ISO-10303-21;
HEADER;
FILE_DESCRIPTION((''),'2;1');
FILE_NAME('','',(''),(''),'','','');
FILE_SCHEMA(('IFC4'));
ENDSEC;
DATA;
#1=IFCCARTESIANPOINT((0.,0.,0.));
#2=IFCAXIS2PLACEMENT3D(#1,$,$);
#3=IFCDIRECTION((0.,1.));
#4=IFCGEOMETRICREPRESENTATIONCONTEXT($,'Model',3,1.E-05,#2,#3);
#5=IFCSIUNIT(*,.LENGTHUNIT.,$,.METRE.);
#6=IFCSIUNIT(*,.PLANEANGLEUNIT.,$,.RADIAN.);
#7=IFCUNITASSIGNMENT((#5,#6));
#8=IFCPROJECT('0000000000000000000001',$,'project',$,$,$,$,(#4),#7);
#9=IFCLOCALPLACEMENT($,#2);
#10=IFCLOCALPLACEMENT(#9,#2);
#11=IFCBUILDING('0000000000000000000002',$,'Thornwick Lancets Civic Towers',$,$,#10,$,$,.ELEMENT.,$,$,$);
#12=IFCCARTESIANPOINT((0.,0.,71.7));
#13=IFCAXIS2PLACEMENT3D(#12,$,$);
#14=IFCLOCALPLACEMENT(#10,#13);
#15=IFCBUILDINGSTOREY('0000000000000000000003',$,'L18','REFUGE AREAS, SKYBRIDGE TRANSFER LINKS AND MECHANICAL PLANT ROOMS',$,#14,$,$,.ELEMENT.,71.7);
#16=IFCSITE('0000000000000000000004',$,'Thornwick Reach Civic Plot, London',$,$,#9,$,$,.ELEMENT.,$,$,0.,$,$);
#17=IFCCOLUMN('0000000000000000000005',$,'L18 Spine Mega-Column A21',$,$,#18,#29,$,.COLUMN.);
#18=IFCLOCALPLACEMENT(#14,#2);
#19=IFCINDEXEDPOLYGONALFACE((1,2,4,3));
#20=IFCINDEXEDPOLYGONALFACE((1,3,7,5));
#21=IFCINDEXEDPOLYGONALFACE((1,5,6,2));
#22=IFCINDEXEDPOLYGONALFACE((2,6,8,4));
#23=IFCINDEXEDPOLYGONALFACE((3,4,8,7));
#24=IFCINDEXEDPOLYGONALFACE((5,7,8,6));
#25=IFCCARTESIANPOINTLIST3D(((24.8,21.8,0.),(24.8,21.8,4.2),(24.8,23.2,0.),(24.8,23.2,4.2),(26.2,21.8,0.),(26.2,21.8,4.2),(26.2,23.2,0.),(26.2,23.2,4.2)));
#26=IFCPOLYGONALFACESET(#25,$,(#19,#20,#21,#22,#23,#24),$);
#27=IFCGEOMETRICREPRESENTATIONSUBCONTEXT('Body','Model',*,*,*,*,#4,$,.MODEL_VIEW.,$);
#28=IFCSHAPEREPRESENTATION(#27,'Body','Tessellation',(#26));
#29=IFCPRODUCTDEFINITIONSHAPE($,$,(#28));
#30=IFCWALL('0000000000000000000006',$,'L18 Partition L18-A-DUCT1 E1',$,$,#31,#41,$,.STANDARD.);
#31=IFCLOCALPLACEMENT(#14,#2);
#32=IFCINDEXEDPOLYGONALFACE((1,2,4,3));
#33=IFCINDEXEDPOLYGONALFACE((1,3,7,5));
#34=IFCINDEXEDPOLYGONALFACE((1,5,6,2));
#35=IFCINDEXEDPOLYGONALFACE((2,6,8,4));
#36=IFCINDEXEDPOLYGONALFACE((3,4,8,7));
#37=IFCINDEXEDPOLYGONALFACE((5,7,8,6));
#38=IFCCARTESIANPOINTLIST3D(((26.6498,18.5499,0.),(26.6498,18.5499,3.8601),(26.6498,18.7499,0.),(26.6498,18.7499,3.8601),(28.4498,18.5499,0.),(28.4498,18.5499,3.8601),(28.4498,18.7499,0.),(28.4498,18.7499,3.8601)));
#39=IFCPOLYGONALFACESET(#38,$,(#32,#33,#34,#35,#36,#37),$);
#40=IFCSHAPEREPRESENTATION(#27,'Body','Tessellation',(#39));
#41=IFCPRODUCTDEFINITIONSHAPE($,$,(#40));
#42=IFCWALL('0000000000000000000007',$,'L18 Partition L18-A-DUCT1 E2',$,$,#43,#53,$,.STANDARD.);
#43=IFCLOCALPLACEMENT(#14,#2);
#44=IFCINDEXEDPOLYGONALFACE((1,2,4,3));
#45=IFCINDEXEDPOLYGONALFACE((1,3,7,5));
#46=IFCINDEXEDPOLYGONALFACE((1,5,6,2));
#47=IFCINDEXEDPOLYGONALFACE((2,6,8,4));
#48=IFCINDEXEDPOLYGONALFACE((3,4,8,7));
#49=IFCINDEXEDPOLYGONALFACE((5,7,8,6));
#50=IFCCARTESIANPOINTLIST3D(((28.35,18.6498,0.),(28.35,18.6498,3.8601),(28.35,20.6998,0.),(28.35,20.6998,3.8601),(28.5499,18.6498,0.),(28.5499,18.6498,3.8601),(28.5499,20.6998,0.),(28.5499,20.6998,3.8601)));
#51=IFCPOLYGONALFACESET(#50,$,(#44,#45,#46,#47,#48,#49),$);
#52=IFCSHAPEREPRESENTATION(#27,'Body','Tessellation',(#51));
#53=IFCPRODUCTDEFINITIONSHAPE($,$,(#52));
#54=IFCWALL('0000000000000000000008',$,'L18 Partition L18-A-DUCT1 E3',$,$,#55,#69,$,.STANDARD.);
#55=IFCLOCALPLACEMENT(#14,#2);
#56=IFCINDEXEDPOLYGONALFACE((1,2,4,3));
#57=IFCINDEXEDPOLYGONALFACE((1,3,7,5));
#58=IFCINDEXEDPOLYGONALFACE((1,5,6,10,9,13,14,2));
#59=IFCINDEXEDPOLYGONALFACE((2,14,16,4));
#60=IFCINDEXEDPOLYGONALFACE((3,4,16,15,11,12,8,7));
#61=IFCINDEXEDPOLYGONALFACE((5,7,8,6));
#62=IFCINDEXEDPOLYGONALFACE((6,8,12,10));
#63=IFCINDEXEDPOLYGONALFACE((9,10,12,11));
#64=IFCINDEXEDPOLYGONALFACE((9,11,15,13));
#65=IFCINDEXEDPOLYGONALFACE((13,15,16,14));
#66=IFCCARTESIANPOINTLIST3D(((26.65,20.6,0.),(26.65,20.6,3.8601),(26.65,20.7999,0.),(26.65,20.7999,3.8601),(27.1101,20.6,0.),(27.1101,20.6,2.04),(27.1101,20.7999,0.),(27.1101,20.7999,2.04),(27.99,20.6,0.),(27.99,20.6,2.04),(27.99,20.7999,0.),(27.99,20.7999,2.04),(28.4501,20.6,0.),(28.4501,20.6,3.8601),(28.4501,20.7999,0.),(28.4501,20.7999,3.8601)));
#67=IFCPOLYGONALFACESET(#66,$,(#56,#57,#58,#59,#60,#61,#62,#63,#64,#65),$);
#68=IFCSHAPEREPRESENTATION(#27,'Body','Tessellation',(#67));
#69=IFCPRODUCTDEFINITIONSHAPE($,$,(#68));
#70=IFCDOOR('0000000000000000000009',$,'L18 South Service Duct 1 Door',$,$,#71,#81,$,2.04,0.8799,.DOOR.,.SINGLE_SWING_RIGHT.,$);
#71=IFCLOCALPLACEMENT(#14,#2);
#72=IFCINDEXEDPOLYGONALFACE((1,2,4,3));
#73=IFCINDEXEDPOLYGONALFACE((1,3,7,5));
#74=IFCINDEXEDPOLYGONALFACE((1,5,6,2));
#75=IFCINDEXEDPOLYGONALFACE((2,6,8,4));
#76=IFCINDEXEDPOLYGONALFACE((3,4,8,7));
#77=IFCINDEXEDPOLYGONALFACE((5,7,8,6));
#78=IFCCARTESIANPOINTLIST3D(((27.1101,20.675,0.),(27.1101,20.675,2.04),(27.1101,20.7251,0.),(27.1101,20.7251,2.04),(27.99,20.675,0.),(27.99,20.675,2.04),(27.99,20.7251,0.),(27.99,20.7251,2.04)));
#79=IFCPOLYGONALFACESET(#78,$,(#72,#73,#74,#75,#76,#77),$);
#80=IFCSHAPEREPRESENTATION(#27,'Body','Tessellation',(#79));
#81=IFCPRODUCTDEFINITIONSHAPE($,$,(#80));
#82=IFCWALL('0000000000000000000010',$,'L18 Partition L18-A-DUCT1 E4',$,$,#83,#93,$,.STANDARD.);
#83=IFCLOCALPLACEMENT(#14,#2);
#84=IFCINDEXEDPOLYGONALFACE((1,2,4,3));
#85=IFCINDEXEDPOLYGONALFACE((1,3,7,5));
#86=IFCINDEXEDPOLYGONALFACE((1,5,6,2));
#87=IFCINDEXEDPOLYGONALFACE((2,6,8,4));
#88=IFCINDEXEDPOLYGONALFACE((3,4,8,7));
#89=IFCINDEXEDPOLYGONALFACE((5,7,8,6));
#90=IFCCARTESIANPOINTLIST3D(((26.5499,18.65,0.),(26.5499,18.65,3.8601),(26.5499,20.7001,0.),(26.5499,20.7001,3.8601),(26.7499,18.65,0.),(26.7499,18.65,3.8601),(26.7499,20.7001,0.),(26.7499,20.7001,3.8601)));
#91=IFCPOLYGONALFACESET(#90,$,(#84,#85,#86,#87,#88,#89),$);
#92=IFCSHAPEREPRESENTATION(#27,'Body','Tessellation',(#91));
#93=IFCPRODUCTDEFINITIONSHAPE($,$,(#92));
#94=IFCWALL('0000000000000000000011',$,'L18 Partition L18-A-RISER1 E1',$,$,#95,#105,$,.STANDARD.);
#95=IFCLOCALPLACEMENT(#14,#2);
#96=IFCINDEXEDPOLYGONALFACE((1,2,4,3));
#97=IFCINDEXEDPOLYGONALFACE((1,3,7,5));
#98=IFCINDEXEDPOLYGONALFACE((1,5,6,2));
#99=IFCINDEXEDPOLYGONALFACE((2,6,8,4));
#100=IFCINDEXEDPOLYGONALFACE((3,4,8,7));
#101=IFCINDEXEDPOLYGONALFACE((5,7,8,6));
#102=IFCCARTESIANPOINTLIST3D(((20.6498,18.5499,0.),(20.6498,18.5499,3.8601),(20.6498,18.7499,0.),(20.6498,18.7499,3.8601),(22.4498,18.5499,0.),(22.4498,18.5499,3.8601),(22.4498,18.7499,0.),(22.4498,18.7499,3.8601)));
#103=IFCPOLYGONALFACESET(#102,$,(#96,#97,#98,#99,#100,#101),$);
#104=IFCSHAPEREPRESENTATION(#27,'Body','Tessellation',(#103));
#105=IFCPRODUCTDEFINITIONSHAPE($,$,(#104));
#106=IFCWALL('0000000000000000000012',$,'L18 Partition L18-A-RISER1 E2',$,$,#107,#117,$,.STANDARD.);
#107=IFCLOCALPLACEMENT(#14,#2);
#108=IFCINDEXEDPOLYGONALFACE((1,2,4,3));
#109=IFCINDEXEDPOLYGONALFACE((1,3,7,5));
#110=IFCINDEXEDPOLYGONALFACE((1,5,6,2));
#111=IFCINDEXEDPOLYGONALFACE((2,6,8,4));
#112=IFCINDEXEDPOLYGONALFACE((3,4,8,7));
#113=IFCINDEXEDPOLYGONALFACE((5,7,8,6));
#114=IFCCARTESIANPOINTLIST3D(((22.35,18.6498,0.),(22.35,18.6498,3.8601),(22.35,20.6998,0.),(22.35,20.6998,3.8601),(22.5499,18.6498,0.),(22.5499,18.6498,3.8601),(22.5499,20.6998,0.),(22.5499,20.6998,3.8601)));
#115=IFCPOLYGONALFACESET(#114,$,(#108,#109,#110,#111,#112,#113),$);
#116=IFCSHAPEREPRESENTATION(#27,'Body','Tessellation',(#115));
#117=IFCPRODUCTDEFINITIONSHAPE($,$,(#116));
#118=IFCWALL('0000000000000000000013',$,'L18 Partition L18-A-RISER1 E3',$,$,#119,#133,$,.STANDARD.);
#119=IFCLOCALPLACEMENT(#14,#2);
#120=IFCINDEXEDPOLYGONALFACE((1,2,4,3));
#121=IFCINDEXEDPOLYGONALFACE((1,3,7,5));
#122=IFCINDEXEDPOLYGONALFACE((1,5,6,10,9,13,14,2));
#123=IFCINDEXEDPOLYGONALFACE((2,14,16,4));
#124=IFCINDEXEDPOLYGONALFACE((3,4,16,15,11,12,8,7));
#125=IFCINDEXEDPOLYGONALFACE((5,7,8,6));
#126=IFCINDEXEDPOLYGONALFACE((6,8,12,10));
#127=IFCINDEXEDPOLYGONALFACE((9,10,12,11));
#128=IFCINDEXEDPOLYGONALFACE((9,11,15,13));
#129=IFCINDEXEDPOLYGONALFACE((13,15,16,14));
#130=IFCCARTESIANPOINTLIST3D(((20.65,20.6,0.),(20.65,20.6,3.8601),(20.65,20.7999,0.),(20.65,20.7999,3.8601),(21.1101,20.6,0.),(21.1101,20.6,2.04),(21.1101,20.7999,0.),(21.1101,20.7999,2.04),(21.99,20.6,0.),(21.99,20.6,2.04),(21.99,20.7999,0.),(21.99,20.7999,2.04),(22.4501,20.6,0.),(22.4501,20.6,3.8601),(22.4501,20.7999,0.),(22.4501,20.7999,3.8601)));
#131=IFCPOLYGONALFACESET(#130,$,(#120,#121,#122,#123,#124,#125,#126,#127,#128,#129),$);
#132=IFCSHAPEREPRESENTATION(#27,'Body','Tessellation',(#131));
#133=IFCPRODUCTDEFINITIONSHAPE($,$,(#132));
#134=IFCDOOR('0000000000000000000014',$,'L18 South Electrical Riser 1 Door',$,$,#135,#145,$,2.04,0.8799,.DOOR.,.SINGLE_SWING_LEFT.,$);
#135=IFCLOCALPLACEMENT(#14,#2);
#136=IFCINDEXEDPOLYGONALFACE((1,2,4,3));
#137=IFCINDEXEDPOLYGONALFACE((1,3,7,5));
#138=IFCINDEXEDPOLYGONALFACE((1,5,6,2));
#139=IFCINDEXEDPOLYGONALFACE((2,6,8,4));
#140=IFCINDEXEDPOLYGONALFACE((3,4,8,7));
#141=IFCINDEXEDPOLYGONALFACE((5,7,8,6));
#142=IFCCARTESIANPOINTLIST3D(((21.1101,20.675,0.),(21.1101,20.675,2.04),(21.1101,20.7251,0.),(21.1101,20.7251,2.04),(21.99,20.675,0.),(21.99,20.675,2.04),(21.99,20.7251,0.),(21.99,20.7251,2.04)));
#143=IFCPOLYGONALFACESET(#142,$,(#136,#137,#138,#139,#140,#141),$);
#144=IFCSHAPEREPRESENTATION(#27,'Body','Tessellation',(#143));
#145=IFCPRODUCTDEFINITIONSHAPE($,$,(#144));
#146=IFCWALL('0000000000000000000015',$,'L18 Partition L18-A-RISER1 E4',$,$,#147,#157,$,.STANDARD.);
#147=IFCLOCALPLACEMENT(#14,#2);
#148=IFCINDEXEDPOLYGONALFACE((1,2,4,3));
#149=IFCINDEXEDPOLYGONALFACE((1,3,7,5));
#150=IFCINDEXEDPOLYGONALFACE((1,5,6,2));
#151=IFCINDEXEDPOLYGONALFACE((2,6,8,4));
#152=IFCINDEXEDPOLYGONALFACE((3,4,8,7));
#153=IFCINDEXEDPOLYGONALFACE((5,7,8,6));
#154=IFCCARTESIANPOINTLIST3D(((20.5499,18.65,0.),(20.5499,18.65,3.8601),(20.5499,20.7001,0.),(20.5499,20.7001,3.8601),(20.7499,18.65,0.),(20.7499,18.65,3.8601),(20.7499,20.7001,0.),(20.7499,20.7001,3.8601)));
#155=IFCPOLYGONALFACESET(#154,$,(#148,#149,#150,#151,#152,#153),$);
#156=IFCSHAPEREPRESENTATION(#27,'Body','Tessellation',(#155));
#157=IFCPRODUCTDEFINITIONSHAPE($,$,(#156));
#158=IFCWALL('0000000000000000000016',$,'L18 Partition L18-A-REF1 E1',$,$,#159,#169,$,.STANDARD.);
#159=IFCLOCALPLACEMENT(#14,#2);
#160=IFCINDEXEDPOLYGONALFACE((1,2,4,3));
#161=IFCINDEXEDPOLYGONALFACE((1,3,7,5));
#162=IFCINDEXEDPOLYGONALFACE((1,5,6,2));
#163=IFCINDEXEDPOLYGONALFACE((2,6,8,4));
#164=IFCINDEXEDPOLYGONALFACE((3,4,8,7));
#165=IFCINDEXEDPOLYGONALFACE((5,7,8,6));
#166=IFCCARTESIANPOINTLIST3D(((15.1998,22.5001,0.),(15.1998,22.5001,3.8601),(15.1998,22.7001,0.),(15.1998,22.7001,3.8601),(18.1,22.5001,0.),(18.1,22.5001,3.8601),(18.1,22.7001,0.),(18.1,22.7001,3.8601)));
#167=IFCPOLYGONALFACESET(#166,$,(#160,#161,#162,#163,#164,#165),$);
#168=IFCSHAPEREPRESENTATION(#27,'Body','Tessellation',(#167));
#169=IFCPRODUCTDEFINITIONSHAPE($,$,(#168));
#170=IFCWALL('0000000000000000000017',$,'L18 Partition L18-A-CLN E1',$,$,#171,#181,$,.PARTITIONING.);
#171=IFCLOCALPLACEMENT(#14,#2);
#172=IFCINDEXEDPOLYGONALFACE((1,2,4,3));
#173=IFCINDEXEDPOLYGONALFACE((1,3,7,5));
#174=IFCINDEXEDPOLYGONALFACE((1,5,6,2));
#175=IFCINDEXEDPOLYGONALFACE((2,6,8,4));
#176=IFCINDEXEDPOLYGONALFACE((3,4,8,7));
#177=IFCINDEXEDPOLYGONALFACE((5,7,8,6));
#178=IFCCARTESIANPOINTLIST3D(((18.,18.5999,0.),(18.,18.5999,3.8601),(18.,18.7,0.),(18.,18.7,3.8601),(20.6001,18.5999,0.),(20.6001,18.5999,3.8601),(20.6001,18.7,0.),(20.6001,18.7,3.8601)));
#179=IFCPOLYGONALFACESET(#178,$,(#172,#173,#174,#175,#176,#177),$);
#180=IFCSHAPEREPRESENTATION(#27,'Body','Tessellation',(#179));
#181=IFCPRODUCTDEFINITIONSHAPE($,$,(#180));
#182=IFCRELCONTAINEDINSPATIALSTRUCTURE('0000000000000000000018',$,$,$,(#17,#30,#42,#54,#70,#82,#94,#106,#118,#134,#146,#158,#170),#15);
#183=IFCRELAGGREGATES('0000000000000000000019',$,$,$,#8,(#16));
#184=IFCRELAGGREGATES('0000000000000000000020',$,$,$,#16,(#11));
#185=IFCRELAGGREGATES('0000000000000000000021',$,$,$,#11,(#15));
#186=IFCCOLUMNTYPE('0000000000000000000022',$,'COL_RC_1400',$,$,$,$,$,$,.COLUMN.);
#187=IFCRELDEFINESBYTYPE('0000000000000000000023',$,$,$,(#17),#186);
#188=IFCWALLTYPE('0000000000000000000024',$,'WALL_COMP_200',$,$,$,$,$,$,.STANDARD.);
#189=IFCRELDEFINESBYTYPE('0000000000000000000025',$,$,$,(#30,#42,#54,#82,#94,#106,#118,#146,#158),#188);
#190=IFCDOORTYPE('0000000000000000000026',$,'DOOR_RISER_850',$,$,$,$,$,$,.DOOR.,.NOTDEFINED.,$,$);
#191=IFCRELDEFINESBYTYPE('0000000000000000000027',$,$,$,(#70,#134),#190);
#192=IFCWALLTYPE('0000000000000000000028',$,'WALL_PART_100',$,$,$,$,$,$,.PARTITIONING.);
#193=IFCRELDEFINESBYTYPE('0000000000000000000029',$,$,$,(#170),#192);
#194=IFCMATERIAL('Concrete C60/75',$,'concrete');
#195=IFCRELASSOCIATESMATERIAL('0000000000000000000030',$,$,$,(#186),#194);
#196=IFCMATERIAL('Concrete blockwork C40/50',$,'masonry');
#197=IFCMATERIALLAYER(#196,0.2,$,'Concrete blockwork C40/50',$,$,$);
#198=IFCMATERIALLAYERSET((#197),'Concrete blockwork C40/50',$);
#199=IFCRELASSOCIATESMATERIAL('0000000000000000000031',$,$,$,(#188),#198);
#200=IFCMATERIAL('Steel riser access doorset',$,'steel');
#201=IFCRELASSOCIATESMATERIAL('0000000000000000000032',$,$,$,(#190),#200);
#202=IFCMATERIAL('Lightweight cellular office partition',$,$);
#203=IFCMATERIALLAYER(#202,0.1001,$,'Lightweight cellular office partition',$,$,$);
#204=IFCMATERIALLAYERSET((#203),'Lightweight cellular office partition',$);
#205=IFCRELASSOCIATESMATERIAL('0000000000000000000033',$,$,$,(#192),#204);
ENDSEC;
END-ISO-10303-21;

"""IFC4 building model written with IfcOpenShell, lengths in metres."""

from ifc_helpers import new_model, si_unit, direction, frame, frame_2d, origin, origin_2d, place, context, subcontext, project, spatial, rectangle, extrude, material, layer, layer_set, material_profile, profile_set, type_object, element, fill, save


model = new_model("IFC4")

# Units and contexts
model_context = context("Model", 3, precision=1e-05, world=origin(), true_north=direction((0.0, 1.0)))
body_context = subcontext(model_context, "Body", "Model", "MODEL_VIEW")
ifc_project = project(units=[si_unit("LENGTHUNIT", "METRE"), si_unit("PLANEANGLEUNIT", "RADIAN")], contexts=[model_context])

# Site, building, storey
site_placement = place(None, origin())
site = spatial("IfcSite", under=ifc_project, at=site_placement, Name="Thornwick Reach Civic Plot, London", CompositionType="ELEMENT", RefElevation=0.0)
building_placement = place(site_placement, origin())
building = spatial("IfcBuilding", under=site, at=building_placement, Name="Thornwick Lancets Civic Towers", CompositionType="ELEMENT")
storey_placement = place(building_placement, frame((0.0, 0.0, 71.7)))
storey = spatial("IfcBuildingStorey", under=building, at=storey_placement, Name="L18", Description="REFUGE AREAS, SKYBRIDGE TRANSFER LINKS AND MECHANICAL PLANT ROOMS", CompositionType="ELEMENT", Elevation=71.7)

# Column
ifc_material_1 = material(Name="Concrete C60/75", Category="concrete")
ifc_material_profile = material_profile(ifc_material_1, rectangle(XDim=1.3999, YDim=1.3999, at=origin_2d()), Name="RC 1400x1400")
ifc_profile_set = profile_set([ifc_material_profile], Name="Concrete C60/75")
column_type = type_object("IfcColumnType", Name="COL_RC_1400", PredefinedType="COLUMN", material=ifc_profile_set)
column_placement = place(storey_placement, frame((25.5, 22.5, 0.0), z_axis=(0.0, 0.0, 1.0), x_axis=(1.0, 0.0, 0.0)))
element("IfcColumn", 1, at=column_placement, inside=storey, type_object=column_type, Name="L18 Spine Mega-Column A21", PredefinedType="COLUMN", context=body_context, shape_type="SweptSolid", body=[
    extrude(rectangle(XDim=1.3999, YDim=1.3999, at=origin_2d()), origin(), (0.0, 0.0, 1.0), 4.2),
])

# Walls
ifc_material_2 = material(Name="Concrete blockwork C40/50", Category="masonry")
ifc_layer_1 = layer(ifc_material_2, 0.2, Name="Concrete blockwork C40/50")
ifc_layer_set_1 = layer_set([ifc_layer_1], Name="Concrete blockwork C40/50")
wall_type_1 = type_object("IfcWallType", Name="WALL_COMP_200", PredefinedType="STANDARD", material=ifc_layer_set_1)
wall_1_placement = place(storey_placement, frame((26.6499, 18.6499, 0.0), z_axis=(0.0, 0.0, 1.0), x_axis=(1.0, 0.0, 0.0)))
element("IfcWall", 2, at=wall_1_placement, inside=storey, type_object=wall_type_1, Name="L18 Partition L18-A-DUCT1 E1", PredefinedType="STANDARD", context=body_context, shape_type="SweptSolid", body=[
    extrude(rectangle(XDim=1.8, YDim=0.2, at=frame_2d((0.8999, 0.0))), origin(), (0.0, 0.0, 1.0), 3.8601),
])
wall_2_placement = place(storey_placement, frame((28.45, 18.6499, 0.0), z_axis=(0.0, 0.0, 1.0), x_axis=(0.0, 1.0, 0.0)))
element("IfcWall", 3, at=wall_2_placement, inside=storey, type_object=wall_type_1, Name="L18 Partition L18-A-DUCT1 E2", PredefinedType="STANDARD", context=body_context, shape_type="SweptSolid", body=[
    extrude(rectangle(XDim=2.05, YDim=0.2, at=frame_2d((1.0249, 0.0))), origin(), (0.0, 0.0, 1.0), 3.8601),
])

# Wall, opening, door
wall_3_placement = place(storey_placement, frame((28.45, 20.7, 0.0), z_axis=(0.0, 0.0, 1.0), x_axis=(-1.0, 0.0, 0.0)))
wall_3 = element("IfcWall", 4, at=wall_3_placement, inside=storey, type_object=wall_type_1, Name="L18 Partition L18-A-DUCT1 E3", PredefinedType="STANDARD", context=body_context, shape_type="SweptSolid", body=[
    extrude(rectangle(XDim=1.8, YDim=0.2, at=frame_2d((0.8999, 0.0))), origin(), (0.0, 0.0, 1.0), 3.8601),
])
opening_1_placement = place(wall_3_placement, frame((0.46, 0.0, 0.0)))
opening_1 = element("IfcOpeningElement", 5, at=opening_1_placement, cuts=wall_3, PredefinedType="OPENING", context=body_context, shape_type="SweptSolid", body=[
    extrude(rectangle(XDim=0.8799, YDim=2.04, at=frame_2d((0.4399, 1.02))), frame((0.0, 0.1099, 0.0), z_axis=(0.0, -1.0, 0.0), x_axis=(1.0, 0.0, 0.0)), (0.0, 0.0, 1.0), 0.22),
])
ifc_material_3 = material(Name="Steel riser access doorset", Category="steel")
door_type_1 = type_object("IfcDoorType", Name="DOOR_RISER_850", OperationType="NOTDEFINED", PredefinedType="DOOR", material=ifc_material_3)
door_1_placement = place(opening_1_placement, origin())
door_1 = element("IfcDoor", 6, at=door_1_placement, inside=storey, type_object=door_type_1, Name="L18 South Service Duct 1 Door", OperationType="SINGLE_SWING_RIGHT", OverallHeight=2.04, OverallWidth=0.8799, PredefinedType="DOOR", context=body_context, shape_type="SweptSolid", body=[
    extrude(rectangle(XDim=0.8799, YDim=2.04, at=frame_2d((0.4399, 1.02))), frame((0.0, 0.0249, 0.0), z_axis=(0.0, -1.0, 0.0), x_axis=(1.0, 0.0, 0.0)), (0.0, 0.0, 1.0), 0.05),
])
fill(opening_1, door_1)

# Walls
wall_4_placement = place(storey_placement, frame((26.6499, 20.7, 0.0), z_axis=(0.0, 0.0, 1.0), x_axis=(0.0, -1.0, 0.0)))
element("IfcWall", 7, at=wall_4_placement, inside=storey, type_object=wall_type_1, Name="L18 Partition L18-A-DUCT1 E4", PredefinedType="STANDARD", context=body_context, shape_type="SweptSolid", body=[
    extrude(rectangle(XDim=2.05, YDim=0.2, at=frame_2d((1.0249, 0.0))), origin(), (0.0, 0.0, 1.0), 3.8601),
])
wall_5_placement = place(storey_placement, frame((20.6499, 18.6499, 0.0), z_axis=(0.0, 0.0, 1.0), x_axis=(1.0, 0.0, 0.0)))
element("IfcWall", 8, at=wall_5_placement, inside=storey, type_object=wall_type_1, Name="L18 Partition L18-A-RISER1 E1", PredefinedType="STANDARD", context=body_context, shape_type="SweptSolid", body=[
    extrude(rectangle(XDim=1.8, YDim=0.2, at=frame_2d((0.8999, 0.0))), origin(), (0.0, 0.0, 1.0), 3.8601),
])
wall_6_placement = place(storey_placement, frame((22.45, 18.6499, 0.0), z_axis=(0.0, 0.0, 1.0), x_axis=(0.0, 1.0, 0.0)))
element("IfcWall", 9, at=wall_6_placement, inside=storey, type_object=wall_type_1, Name="L18 Partition L18-A-RISER1 E2", PredefinedType="STANDARD", context=body_context, shape_type="SweptSolid", body=[
    extrude(rectangle(XDim=2.05, YDim=0.2, at=frame_2d((1.0249, 0.0))), origin(), (0.0, 0.0, 1.0), 3.8601),
])

# Wall, opening, door
wall_7_placement = place(storey_placement, frame((22.45, 20.7, 0.0), z_axis=(0.0, 0.0, 1.0), x_axis=(-1.0, 0.0, 0.0)))
wall_7 = element("IfcWall", 10, at=wall_7_placement, inside=storey, type_object=wall_type_1, Name="L18 Partition L18-A-RISER1 E3", PredefinedType="STANDARD", context=body_context, shape_type="SweptSolid", body=[
    extrude(rectangle(XDim=1.8, YDim=0.2, at=frame_2d((0.8999, 0.0))), origin(), (0.0, 0.0, 1.0), 3.8601),
])
opening_2_placement = place(wall_7_placement, frame((0.46, 0.0, 0.0)))
opening_2 = element("IfcOpeningElement", 11, at=opening_2_placement, cuts=wall_7, PredefinedType="OPENING", context=body_context, shape_type="SweptSolid", body=[
    extrude(rectangle(XDim=0.8799, YDim=2.04, at=frame_2d((0.4399, 1.02))), frame((0.0, 0.1099, 0.0), z_axis=(0.0, -1.0, 0.0), x_axis=(1.0, 0.0, 0.0)), (0.0, 0.0, 1.0), 0.22),
])
door_2_placement = place(opening_2_placement, origin())
door_2 = element("IfcDoor", 12, at=door_2_placement, inside=storey, type_object=door_type_1, Name="L18 South Electrical Riser 1 Door", OperationType="SINGLE_SWING_LEFT", OverallHeight=2.04, OverallWidth=0.8799, PredefinedType="DOOR", context=body_context, shape_type="SweptSolid", body=[
    extrude(rectangle(XDim=0.8799, YDim=2.04, at=frame_2d((0.4399, 1.02))), frame((0.0, 0.0249, 0.0), z_axis=(0.0, -1.0, 0.0), x_axis=(1.0, 0.0, 0.0)), (0.0, 0.0, 1.0), 0.05),
])
fill(opening_2, door_2)

# Walls
wall_8_placement = place(storey_placement, frame((20.6499, 20.7, 0.0), z_axis=(0.0, 0.0, 1.0), x_axis=(0.0, -1.0, 0.0)))
element("IfcWall", 13, at=wall_8_placement, inside=storey, type_object=wall_type_1, Name="L18 Partition L18-A-RISER1 E4", PredefinedType="STANDARD", context=body_context, shape_type="SweptSolid", body=[
    extrude(rectangle(XDim=2.05, YDim=0.2, at=frame_2d((1.0249, 0.0))), origin(), (0.0, 0.0, 1.0), 3.8601),
])
wall_9_placement = place(storey_placement, frame((18.1001, 22.6001, 0.0), z_axis=(0.0, 0.0, 1.0), x_axis=(-1.0, 0.0, 0.0)))
element("IfcWall", 14, at=wall_9_placement, inside=storey, type_object=wall_type_1, Name="L18 Partition L18-A-REF1 E1", PredefinedType="STANDARD", context=body_context, shape_type="SweptSolid", body=[
    extrude(rectangle(XDim=2.9001, YDim=0.2, at=frame_2d((1.4502, 0.0))), origin(), (0.0, 0.0, 1.0), 3.8601),
])
ifc_material_4 = material(Name="Lightweight cellular office partition")
ifc_layer_2 = layer(ifc_material_4, 0.1001, Name="Lightweight cellular office partition")
ifc_layer_set_2 = layer_set([ifc_layer_2], Name="Lightweight cellular office partition")
wall_type_2 = type_object("IfcWallType", Name="WALL_PART_100", PredefinedType="PARTITIONING", material=ifc_layer_set_2)
wall_10_placement = place(storey_placement, frame((18.0, 18.6499, 0.0), z_axis=(0.0, 0.0, 1.0), x_axis=(1.0, 0.0, 0.0)))
element("IfcWall", 15, at=wall_10_placement, inside=storey, type_object=wall_type_2, Name="L18 Partition L18-A-CLN E1", PredefinedType="PARTITIONING", context=body_context, shape_type="SweptSolid", body=[
    extrude(rectangle(XDim=2.6001, YDim=0.1001, at=frame_2d((1.3, 0.0))), origin(), (0.0, 0.0, 1.0), 3.8601),
])

save(model, "model.ifc")
